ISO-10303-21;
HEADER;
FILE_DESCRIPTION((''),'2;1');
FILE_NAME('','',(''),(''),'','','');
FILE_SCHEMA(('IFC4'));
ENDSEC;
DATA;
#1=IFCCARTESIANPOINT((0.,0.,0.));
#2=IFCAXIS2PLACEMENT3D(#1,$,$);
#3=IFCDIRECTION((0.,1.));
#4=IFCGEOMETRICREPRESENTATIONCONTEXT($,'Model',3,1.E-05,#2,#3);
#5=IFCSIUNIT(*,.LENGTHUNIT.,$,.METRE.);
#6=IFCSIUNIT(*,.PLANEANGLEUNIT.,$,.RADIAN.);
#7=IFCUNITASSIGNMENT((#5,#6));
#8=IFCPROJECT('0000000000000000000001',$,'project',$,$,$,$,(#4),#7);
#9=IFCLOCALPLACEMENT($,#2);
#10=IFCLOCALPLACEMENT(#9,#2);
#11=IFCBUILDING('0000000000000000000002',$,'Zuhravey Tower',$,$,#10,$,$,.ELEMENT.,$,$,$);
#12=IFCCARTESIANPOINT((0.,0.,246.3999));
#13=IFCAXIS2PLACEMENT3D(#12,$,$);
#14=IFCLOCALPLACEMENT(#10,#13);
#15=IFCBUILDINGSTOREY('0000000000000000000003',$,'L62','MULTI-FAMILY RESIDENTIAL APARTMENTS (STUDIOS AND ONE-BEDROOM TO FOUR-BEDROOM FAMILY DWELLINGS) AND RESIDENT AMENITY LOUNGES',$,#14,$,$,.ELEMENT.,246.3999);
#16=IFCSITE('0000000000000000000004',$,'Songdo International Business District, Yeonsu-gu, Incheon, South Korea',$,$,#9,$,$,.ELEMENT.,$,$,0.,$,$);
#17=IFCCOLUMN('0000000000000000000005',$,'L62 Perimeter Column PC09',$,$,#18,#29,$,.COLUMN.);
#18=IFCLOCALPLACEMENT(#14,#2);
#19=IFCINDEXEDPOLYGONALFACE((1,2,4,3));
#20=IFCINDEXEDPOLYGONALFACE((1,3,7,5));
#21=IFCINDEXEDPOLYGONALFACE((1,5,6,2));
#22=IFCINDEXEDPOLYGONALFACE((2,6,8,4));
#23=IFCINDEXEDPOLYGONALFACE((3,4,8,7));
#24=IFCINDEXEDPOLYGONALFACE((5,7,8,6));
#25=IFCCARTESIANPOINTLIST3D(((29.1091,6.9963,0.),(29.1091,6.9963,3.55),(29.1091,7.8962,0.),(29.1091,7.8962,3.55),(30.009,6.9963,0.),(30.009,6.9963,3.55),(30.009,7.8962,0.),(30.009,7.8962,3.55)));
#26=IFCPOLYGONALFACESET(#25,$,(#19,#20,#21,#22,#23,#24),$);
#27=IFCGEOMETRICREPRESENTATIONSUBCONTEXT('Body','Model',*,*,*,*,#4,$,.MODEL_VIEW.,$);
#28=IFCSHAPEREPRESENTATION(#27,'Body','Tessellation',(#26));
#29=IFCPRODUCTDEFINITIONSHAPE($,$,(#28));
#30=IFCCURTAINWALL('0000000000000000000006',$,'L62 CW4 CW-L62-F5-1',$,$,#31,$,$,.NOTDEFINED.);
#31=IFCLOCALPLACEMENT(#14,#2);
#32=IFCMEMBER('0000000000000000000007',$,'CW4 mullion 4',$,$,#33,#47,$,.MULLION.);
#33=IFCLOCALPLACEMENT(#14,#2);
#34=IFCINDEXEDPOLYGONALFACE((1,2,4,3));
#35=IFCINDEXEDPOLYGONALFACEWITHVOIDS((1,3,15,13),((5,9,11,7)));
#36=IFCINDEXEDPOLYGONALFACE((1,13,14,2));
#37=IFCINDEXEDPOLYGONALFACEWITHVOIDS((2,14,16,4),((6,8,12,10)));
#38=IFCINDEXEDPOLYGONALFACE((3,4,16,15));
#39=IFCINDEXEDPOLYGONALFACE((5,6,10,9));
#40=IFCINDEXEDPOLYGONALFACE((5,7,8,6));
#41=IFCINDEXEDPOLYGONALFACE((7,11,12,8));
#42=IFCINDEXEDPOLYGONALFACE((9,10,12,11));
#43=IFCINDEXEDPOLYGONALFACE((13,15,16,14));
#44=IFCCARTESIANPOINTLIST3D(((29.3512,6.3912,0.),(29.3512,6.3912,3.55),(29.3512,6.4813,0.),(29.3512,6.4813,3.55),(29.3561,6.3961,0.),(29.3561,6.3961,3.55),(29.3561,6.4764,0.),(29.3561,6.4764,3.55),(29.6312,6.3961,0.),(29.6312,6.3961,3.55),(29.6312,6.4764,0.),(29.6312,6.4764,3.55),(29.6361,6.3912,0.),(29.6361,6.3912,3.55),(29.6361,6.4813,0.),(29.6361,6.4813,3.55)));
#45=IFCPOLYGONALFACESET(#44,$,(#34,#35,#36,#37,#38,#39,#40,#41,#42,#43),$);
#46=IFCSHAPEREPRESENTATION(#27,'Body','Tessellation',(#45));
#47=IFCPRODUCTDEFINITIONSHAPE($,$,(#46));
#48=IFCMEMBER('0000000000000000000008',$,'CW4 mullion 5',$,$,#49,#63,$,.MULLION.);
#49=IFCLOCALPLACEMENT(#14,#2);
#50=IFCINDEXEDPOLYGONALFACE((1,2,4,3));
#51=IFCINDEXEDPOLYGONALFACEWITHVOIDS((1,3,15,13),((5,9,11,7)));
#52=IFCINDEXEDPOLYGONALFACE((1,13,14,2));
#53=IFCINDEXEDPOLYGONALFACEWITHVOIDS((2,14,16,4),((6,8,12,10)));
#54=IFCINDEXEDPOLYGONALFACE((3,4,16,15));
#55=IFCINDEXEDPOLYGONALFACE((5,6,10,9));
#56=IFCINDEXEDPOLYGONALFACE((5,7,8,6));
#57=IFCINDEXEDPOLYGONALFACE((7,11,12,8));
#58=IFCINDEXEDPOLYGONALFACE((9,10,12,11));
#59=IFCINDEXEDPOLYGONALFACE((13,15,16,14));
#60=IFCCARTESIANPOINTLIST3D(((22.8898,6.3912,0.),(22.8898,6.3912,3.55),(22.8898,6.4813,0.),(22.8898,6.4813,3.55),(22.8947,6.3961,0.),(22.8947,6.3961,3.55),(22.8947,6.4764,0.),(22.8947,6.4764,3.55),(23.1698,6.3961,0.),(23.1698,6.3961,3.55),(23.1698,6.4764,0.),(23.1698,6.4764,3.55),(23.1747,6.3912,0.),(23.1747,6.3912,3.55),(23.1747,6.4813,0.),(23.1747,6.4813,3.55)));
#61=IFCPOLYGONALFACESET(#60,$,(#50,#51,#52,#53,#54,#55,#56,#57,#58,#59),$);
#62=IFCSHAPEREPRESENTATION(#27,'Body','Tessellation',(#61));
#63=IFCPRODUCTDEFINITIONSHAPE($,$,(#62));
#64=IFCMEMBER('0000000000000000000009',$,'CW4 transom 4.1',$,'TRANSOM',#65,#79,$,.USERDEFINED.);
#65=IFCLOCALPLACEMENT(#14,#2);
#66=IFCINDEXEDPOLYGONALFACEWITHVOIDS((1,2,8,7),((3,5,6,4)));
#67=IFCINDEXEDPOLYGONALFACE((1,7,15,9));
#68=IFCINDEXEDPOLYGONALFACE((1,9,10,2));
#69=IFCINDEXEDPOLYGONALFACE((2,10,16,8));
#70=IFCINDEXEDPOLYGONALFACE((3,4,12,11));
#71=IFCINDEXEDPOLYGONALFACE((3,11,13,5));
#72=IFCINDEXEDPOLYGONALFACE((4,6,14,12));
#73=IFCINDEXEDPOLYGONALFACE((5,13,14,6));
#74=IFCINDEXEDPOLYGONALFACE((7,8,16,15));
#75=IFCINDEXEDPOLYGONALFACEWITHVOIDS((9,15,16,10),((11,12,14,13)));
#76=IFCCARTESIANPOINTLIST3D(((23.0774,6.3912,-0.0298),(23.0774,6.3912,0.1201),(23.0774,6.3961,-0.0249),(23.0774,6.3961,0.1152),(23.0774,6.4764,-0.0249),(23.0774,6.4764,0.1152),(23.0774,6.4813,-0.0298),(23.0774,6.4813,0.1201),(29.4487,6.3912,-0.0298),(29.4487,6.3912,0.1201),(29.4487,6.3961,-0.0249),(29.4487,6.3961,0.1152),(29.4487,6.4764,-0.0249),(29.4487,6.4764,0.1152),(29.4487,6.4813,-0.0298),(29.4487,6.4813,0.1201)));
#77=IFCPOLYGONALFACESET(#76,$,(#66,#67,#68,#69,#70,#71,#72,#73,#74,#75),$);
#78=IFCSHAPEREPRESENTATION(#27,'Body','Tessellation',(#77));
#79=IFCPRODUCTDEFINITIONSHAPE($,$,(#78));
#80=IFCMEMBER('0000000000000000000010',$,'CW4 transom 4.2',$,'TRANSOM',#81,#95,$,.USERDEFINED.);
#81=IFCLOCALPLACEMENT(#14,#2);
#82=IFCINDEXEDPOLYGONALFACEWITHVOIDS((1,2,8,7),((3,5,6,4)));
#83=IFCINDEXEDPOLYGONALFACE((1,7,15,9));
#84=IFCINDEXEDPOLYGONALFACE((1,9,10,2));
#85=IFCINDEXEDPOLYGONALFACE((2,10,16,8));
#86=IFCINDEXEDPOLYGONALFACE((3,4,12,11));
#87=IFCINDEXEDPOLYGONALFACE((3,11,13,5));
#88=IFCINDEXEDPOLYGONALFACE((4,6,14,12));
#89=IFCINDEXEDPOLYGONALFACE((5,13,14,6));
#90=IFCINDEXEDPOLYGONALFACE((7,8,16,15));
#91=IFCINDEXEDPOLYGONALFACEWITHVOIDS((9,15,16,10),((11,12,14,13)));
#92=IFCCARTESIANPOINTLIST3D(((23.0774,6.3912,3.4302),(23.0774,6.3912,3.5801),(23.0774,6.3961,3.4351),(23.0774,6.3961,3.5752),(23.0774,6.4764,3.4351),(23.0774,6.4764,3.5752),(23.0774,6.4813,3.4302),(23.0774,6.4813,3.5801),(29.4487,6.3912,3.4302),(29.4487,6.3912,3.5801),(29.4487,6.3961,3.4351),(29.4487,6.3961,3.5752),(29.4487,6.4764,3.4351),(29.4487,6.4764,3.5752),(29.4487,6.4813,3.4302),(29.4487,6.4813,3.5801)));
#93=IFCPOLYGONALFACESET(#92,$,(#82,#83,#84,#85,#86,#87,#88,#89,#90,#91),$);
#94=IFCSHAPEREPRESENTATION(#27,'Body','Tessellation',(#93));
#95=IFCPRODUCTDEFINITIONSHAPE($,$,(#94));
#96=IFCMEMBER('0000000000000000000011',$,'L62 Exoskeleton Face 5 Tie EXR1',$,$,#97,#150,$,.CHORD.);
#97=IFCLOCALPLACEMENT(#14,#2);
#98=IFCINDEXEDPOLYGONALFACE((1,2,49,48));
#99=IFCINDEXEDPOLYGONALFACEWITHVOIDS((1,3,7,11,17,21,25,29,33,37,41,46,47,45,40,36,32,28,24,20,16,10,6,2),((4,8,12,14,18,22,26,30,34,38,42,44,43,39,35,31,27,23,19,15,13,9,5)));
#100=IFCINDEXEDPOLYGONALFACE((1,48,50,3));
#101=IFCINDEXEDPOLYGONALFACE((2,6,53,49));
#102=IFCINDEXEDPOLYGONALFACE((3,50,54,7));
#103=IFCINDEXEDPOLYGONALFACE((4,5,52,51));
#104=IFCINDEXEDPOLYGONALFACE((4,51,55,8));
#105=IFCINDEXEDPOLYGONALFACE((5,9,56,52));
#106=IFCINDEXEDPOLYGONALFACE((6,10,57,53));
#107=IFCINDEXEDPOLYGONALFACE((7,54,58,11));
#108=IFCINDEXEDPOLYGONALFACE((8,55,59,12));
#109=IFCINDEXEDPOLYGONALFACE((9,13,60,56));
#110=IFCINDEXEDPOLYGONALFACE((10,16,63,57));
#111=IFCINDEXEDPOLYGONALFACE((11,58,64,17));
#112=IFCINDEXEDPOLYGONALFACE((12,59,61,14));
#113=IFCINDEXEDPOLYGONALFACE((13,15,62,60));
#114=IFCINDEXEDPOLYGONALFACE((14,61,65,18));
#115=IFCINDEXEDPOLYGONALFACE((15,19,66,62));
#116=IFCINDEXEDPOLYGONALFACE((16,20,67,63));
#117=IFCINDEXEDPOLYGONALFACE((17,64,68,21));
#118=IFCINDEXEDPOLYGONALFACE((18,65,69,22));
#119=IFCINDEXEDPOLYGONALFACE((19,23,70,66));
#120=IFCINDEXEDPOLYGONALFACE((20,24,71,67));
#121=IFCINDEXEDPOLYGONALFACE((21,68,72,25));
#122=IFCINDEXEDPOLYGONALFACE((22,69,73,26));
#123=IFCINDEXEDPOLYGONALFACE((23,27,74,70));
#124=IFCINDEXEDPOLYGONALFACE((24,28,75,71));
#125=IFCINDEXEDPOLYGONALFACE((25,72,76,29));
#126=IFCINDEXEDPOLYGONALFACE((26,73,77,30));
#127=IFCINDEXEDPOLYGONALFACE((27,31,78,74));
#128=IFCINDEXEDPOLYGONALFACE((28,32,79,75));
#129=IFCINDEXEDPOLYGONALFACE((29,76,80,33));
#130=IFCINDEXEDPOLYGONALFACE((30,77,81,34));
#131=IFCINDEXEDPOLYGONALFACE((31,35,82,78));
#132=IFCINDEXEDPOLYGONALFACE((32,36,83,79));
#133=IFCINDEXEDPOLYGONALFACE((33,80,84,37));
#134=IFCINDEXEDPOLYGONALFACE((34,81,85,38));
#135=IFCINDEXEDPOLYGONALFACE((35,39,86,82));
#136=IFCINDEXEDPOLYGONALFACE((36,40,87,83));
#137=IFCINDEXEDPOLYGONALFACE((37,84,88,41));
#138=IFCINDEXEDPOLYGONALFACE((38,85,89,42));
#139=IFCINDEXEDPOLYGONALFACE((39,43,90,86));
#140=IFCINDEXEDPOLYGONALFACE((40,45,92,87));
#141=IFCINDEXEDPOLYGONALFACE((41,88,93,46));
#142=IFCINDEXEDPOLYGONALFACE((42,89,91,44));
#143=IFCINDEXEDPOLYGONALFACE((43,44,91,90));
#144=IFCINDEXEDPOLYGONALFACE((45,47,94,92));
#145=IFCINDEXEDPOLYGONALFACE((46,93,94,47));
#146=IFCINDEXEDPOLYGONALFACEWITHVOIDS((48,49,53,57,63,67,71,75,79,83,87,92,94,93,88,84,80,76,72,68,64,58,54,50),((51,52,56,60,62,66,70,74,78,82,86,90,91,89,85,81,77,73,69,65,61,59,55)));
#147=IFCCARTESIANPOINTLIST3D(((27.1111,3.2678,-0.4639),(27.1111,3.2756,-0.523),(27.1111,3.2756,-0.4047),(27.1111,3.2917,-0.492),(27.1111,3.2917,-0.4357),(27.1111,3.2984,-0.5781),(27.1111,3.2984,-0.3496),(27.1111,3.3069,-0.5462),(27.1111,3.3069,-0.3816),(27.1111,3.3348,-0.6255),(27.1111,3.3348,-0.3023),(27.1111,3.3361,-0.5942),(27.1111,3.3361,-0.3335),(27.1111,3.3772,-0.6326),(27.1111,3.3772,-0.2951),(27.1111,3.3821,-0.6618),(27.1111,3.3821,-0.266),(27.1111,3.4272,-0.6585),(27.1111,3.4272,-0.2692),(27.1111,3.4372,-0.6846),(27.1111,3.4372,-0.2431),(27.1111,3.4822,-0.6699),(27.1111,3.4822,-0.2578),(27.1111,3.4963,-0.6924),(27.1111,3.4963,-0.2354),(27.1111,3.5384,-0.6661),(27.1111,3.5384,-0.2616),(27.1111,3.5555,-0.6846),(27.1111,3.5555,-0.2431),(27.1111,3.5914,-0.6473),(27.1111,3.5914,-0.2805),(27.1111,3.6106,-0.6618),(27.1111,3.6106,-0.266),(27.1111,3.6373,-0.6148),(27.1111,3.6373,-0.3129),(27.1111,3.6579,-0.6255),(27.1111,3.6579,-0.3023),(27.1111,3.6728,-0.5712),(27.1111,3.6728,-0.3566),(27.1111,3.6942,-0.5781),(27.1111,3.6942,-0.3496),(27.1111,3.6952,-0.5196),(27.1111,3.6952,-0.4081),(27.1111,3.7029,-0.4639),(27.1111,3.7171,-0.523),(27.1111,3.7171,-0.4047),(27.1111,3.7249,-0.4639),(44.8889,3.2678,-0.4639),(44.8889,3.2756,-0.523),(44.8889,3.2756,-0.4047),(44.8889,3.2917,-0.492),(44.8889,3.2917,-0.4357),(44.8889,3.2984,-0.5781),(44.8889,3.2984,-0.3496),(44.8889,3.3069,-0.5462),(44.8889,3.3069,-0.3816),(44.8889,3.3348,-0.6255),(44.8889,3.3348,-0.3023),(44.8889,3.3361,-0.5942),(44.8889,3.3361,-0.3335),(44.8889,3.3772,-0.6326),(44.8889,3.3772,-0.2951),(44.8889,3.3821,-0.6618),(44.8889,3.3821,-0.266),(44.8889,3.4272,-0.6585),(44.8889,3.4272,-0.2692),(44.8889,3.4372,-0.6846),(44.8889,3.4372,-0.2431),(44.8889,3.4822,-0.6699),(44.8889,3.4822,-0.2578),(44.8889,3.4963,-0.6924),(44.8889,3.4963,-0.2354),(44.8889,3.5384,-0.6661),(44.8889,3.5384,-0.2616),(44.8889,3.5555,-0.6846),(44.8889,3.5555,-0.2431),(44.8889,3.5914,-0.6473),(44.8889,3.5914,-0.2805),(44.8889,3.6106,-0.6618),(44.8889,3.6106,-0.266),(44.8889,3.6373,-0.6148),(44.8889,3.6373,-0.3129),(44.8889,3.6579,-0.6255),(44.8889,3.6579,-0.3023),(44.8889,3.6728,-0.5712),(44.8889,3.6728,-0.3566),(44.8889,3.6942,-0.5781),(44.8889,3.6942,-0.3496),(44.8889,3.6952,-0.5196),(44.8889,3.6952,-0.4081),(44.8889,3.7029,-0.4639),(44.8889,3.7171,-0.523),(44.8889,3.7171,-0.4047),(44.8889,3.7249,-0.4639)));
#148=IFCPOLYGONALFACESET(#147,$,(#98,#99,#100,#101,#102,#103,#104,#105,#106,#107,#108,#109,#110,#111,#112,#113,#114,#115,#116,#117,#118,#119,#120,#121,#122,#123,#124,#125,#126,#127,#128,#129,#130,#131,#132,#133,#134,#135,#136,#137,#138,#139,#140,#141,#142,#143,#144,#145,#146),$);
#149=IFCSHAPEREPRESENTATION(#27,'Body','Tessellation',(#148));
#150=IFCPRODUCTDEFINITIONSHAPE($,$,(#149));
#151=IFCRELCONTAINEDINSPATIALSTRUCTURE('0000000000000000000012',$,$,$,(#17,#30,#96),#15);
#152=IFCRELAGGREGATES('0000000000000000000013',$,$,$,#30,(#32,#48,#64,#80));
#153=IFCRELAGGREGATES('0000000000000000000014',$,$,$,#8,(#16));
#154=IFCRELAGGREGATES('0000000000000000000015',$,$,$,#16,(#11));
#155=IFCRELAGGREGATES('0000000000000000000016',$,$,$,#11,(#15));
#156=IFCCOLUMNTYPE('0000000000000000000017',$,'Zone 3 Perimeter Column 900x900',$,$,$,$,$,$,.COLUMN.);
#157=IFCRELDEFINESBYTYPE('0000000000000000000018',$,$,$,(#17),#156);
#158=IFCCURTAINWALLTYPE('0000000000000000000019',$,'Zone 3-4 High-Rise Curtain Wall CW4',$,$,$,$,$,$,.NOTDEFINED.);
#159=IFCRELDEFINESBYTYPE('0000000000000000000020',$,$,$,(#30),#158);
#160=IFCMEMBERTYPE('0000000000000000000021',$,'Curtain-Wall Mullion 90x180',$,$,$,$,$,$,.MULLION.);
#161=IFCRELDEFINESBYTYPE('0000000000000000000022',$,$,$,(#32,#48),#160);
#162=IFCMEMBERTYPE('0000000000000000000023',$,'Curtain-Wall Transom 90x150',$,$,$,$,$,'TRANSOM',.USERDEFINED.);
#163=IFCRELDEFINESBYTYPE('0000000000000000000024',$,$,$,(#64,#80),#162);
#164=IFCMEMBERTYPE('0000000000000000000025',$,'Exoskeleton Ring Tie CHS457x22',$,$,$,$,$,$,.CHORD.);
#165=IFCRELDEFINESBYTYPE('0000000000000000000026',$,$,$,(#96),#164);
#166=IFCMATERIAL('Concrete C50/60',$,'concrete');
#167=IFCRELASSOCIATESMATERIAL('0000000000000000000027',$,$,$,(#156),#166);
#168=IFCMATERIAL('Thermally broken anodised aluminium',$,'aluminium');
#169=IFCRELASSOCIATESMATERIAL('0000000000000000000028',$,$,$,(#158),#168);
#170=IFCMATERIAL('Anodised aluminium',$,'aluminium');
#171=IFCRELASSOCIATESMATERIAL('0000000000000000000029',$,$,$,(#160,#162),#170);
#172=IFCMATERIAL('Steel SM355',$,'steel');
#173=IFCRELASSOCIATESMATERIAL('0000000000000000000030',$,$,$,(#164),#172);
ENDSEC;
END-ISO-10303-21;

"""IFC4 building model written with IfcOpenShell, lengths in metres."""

from ifc_helpers import new_model, si_unit, direction, frame, origin, origin_2d, place, context, subcontext, project, spatial, rectangle, hollow_rectangle, hollow_circle, extrude, material, material_profile, profile_set, type_object, element, aggregate, save


model = new_model("IFC4")

# Units and contexts
model_context = context("Model", 3, precision=1e-05, world=origin(), true_north=direction((0.0, 1.0)))
body_context = subcontext(model_context, "Body", "Model", "MODEL_VIEW")
ifc_project = project(units=[si_unit("LENGTHUNIT", "METRE"), si_unit("PLANEANGLEUNIT", "RADIAN")], contexts=[model_context])

# Site, building, storey
site_placement = place(None, origin())
site = spatial("IfcSite", under=ifc_project, at=site_placement, Name="Songdo International Business District, Yeonsu-gu, Incheon, South Korea", CompositionType="ELEMENT", RefElevation=0.0)
building_placement = place(site_placement, origin())
building = spatial("IfcBuilding", under=site, at=building_placement, Name="Zuhravey Tower", CompositionType="ELEMENT")
storey_placement = place(building_placement, frame((0.0, 0.0, 246.3999)))
storey = spatial("IfcBuildingStorey", under=building, at=storey_placement, Name="L62", Description="MULTI-FAMILY RESIDENTIAL APARTMENTS (STUDIOS AND ONE-BEDROOM TO FOUR-BEDROOM FAMILY DWELLINGS) AND RESIDENT AMENITY LOUNGES", CompositionType="ELEMENT", Elevation=246.3999)

# Column
ifc_material_1 = material(Name="Concrete C50/60", Category="concrete")
ifc_material_profile_1 = material_profile(ifc_material_1, rectangle(XDim=0.8999, YDim=0.8999, at=origin_2d()), Name="RC-900x900")
ifc_profile_set_1 = profile_set([ifc_material_profile_1], Name="Concrete C50/60")
column_type = type_object("IfcColumnType", Name="Zone 3 Perimeter Column 900x900", PredefinedType="COLUMN", material=ifc_profile_set_1)
column_placement = place(storey_placement, frame((29.5591, 7.4463, 0.0), z_axis=(0.0, 0.0, 1.0), x_axis=(1.0, 0.0, 0.0)))
element("IfcColumn", 1, at=column_placement, inside=storey, type_object=column_type, Name="L62 Perimeter Column PC09", PredefinedType="COLUMN", context=body_context, shape_type="SweptSolid", body=[
    extrude(rectangle(XDim=0.8999, YDim=0.8999, at=origin_2d()), origin(), (0.0, 0.0, 1.0), 3.55),
])

# Curtain wall, members
ifc_material_2 = material(Name="Thermally broken anodised aluminium", Category="aluminium")
curtain_wall_type = type_object("IfcCurtainWallType", Name="Zone 3-4 High-Rise Curtain Wall CW4", PredefinedType="NOTDEFINED", material=ifc_material_2)
curtain_wall_placement = place(storey_placement, origin())
curtain_wall = element("IfcCurtainWall", 2, at=curtain_wall_placement, inside=storey, type_object=curtain_wall_type, Name="L62 CW4 CW-L62-F5-1", PredefinedType="NOTDEFINED")
ifc_material_3 = material(Name="Anodised aluminium", Category="aluminium")
ifc_material_profile_2 = material_profile(ifc_material_3, hollow_rectangle(XDim=0.0901, YDim=0.2849, WallThickness=0.0049, at=origin_2d()), Name="ALU-RHS-90x285x5")
ifc_profile_set_2 = profile_set([ifc_material_profile_2], Name="Anodised aluminium")
member_type_1 = type_object("IfcMemberType", Name="Curtain-Wall Mullion 90x180", PredefinedType="MULLION", material=ifc_profile_set_2)
member_1_placement = place(storey_placement, frame((29.4937, 6.4363, 0.0), z_axis=(0.0, 0.0, 1.0), x_axis=(0.0, -1.0, 0.0)))
member_1 = element("IfcMember", 3, at=member_1_placement, type_object=member_type_1, Name="CW4 mullion 4", PredefinedType="MULLION", context=body_context, shape_type="SweptSolid", body=[
    extrude(hollow_rectangle(XDim=0.0901, YDim=0.2849, WallThickness=0.0049, at=origin_2d()), origin(), (0.0, 0.0, 1.0), 3.55),
])
member_2_placement = place(storey_placement, frame((23.0322, 6.4363, 0.0), z_axis=(0.0, 0.0, 1.0), x_axis=(0.0, -1.0, 0.0)))
member_2 = element("IfcMember", 4, at=member_2_placement, type_object=member_type_1, Name="CW4 mullion 5", PredefinedType="MULLION", context=body_context, shape_type="SweptSolid", body=[
    extrude(hollow_rectangle(XDim=0.0901, YDim=0.2849, WallThickness=0.0049, at=origin_2d()), origin(), (0.0, 0.0, 1.0), 3.55),
])
ifc_material_profile_3 = material_profile(ifc_material_3, hollow_rectangle(XDim=0.0901, YDim=0.1499, WallThickness=0.0049, at=origin_2d()), Name="ALU-RHS-90x150x5")
ifc_profile_set_3 = profile_set([ifc_material_profile_3], Name="Anodised aluminium")
member_type_2 = type_object("IfcMemberType", Name="Curtain-Wall Transom 90x150", ElementType="TRANSOM", PredefinedType="USERDEFINED", material=ifc_profile_set_3)
member_3_placement = place(storey_placement, frame((29.4487, 6.4363, 0.0452), z_axis=(-1.0, 0.0, 0.0), x_axis=(0.0, -1.0, 0.0)))
member_3 = element("IfcMember", 5, at=member_3_placement, type_object=member_type_2, Name="CW4 transom 4.1", ObjectType="TRANSOM", PredefinedType="USERDEFINED", context=body_context, shape_type="SweptSolid", body=[
    extrude(hollow_rectangle(XDim=0.0901, YDim=0.1499, WallThickness=0.0049, at=origin_2d()), origin(), (0.0, 0.0, 1.0), 6.3713),
])
member_4_placement = place(storey_placement, frame((29.4487, 6.4363, 3.5051), z_axis=(-1.0, 0.0, 0.0), x_axis=(0.0, -1.0, 0.0)))
member_4 = element("IfcMember", 6, at=member_4_placement, type_object=member_type_2, Name="CW4 transom 4.2", ObjectType="TRANSOM", PredefinedType="USERDEFINED", context=body_context, shape_type="SweptSolid", body=[
    extrude(hollow_rectangle(XDim=0.0901, YDim=0.1499, WallThickness=0.0049, at=origin_2d()), origin(), (0.0, 0.0, 1.0), 6.3713),
])

# Member
ifc_material_4 = material(Name="Steel SM355", Category="steel")
ifc_material_profile_4 = material_profile(ifc_material_4, hollow_circle(Radius=0.2285, WallThickness=0.022, at=origin_2d()), Name="CHS-457.2x22")
ifc_profile_set_4 = profile_set([ifc_material_profile_4], Name="Steel SM355")
member_type_3 = type_object("IfcMemberType", Name="Exoskeleton Ring Tie CHS457x22", PredefinedType="CHORD", material=ifc_profile_set_4)
member_5_placement = place(storey_placement, frame((27.1111, 3.4963, -0.4639), z_axis=(1.0, 0.0, 0.0), x_axis=(0.0, 1.0, 0.0)))
element("IfcMember", 7, at=member_5_placement, inside=storey, type_object=member_type_3, Name="L62 Exoskeleton Face 5 Tie EXR1", PredefinedType="CHORD", context=body_context, shape_type="SweptSolid", body=[
    extrude(hollow_circle(Radius=0.2285, WallThickness=0.022, at=origin_2d()), origin(), (0.0, 0.0, 1.0), 17.7778),
])

aggregate(curtain_wall, [member_1, member_2, member_3, member_4])

save(model, "model.ifc")
